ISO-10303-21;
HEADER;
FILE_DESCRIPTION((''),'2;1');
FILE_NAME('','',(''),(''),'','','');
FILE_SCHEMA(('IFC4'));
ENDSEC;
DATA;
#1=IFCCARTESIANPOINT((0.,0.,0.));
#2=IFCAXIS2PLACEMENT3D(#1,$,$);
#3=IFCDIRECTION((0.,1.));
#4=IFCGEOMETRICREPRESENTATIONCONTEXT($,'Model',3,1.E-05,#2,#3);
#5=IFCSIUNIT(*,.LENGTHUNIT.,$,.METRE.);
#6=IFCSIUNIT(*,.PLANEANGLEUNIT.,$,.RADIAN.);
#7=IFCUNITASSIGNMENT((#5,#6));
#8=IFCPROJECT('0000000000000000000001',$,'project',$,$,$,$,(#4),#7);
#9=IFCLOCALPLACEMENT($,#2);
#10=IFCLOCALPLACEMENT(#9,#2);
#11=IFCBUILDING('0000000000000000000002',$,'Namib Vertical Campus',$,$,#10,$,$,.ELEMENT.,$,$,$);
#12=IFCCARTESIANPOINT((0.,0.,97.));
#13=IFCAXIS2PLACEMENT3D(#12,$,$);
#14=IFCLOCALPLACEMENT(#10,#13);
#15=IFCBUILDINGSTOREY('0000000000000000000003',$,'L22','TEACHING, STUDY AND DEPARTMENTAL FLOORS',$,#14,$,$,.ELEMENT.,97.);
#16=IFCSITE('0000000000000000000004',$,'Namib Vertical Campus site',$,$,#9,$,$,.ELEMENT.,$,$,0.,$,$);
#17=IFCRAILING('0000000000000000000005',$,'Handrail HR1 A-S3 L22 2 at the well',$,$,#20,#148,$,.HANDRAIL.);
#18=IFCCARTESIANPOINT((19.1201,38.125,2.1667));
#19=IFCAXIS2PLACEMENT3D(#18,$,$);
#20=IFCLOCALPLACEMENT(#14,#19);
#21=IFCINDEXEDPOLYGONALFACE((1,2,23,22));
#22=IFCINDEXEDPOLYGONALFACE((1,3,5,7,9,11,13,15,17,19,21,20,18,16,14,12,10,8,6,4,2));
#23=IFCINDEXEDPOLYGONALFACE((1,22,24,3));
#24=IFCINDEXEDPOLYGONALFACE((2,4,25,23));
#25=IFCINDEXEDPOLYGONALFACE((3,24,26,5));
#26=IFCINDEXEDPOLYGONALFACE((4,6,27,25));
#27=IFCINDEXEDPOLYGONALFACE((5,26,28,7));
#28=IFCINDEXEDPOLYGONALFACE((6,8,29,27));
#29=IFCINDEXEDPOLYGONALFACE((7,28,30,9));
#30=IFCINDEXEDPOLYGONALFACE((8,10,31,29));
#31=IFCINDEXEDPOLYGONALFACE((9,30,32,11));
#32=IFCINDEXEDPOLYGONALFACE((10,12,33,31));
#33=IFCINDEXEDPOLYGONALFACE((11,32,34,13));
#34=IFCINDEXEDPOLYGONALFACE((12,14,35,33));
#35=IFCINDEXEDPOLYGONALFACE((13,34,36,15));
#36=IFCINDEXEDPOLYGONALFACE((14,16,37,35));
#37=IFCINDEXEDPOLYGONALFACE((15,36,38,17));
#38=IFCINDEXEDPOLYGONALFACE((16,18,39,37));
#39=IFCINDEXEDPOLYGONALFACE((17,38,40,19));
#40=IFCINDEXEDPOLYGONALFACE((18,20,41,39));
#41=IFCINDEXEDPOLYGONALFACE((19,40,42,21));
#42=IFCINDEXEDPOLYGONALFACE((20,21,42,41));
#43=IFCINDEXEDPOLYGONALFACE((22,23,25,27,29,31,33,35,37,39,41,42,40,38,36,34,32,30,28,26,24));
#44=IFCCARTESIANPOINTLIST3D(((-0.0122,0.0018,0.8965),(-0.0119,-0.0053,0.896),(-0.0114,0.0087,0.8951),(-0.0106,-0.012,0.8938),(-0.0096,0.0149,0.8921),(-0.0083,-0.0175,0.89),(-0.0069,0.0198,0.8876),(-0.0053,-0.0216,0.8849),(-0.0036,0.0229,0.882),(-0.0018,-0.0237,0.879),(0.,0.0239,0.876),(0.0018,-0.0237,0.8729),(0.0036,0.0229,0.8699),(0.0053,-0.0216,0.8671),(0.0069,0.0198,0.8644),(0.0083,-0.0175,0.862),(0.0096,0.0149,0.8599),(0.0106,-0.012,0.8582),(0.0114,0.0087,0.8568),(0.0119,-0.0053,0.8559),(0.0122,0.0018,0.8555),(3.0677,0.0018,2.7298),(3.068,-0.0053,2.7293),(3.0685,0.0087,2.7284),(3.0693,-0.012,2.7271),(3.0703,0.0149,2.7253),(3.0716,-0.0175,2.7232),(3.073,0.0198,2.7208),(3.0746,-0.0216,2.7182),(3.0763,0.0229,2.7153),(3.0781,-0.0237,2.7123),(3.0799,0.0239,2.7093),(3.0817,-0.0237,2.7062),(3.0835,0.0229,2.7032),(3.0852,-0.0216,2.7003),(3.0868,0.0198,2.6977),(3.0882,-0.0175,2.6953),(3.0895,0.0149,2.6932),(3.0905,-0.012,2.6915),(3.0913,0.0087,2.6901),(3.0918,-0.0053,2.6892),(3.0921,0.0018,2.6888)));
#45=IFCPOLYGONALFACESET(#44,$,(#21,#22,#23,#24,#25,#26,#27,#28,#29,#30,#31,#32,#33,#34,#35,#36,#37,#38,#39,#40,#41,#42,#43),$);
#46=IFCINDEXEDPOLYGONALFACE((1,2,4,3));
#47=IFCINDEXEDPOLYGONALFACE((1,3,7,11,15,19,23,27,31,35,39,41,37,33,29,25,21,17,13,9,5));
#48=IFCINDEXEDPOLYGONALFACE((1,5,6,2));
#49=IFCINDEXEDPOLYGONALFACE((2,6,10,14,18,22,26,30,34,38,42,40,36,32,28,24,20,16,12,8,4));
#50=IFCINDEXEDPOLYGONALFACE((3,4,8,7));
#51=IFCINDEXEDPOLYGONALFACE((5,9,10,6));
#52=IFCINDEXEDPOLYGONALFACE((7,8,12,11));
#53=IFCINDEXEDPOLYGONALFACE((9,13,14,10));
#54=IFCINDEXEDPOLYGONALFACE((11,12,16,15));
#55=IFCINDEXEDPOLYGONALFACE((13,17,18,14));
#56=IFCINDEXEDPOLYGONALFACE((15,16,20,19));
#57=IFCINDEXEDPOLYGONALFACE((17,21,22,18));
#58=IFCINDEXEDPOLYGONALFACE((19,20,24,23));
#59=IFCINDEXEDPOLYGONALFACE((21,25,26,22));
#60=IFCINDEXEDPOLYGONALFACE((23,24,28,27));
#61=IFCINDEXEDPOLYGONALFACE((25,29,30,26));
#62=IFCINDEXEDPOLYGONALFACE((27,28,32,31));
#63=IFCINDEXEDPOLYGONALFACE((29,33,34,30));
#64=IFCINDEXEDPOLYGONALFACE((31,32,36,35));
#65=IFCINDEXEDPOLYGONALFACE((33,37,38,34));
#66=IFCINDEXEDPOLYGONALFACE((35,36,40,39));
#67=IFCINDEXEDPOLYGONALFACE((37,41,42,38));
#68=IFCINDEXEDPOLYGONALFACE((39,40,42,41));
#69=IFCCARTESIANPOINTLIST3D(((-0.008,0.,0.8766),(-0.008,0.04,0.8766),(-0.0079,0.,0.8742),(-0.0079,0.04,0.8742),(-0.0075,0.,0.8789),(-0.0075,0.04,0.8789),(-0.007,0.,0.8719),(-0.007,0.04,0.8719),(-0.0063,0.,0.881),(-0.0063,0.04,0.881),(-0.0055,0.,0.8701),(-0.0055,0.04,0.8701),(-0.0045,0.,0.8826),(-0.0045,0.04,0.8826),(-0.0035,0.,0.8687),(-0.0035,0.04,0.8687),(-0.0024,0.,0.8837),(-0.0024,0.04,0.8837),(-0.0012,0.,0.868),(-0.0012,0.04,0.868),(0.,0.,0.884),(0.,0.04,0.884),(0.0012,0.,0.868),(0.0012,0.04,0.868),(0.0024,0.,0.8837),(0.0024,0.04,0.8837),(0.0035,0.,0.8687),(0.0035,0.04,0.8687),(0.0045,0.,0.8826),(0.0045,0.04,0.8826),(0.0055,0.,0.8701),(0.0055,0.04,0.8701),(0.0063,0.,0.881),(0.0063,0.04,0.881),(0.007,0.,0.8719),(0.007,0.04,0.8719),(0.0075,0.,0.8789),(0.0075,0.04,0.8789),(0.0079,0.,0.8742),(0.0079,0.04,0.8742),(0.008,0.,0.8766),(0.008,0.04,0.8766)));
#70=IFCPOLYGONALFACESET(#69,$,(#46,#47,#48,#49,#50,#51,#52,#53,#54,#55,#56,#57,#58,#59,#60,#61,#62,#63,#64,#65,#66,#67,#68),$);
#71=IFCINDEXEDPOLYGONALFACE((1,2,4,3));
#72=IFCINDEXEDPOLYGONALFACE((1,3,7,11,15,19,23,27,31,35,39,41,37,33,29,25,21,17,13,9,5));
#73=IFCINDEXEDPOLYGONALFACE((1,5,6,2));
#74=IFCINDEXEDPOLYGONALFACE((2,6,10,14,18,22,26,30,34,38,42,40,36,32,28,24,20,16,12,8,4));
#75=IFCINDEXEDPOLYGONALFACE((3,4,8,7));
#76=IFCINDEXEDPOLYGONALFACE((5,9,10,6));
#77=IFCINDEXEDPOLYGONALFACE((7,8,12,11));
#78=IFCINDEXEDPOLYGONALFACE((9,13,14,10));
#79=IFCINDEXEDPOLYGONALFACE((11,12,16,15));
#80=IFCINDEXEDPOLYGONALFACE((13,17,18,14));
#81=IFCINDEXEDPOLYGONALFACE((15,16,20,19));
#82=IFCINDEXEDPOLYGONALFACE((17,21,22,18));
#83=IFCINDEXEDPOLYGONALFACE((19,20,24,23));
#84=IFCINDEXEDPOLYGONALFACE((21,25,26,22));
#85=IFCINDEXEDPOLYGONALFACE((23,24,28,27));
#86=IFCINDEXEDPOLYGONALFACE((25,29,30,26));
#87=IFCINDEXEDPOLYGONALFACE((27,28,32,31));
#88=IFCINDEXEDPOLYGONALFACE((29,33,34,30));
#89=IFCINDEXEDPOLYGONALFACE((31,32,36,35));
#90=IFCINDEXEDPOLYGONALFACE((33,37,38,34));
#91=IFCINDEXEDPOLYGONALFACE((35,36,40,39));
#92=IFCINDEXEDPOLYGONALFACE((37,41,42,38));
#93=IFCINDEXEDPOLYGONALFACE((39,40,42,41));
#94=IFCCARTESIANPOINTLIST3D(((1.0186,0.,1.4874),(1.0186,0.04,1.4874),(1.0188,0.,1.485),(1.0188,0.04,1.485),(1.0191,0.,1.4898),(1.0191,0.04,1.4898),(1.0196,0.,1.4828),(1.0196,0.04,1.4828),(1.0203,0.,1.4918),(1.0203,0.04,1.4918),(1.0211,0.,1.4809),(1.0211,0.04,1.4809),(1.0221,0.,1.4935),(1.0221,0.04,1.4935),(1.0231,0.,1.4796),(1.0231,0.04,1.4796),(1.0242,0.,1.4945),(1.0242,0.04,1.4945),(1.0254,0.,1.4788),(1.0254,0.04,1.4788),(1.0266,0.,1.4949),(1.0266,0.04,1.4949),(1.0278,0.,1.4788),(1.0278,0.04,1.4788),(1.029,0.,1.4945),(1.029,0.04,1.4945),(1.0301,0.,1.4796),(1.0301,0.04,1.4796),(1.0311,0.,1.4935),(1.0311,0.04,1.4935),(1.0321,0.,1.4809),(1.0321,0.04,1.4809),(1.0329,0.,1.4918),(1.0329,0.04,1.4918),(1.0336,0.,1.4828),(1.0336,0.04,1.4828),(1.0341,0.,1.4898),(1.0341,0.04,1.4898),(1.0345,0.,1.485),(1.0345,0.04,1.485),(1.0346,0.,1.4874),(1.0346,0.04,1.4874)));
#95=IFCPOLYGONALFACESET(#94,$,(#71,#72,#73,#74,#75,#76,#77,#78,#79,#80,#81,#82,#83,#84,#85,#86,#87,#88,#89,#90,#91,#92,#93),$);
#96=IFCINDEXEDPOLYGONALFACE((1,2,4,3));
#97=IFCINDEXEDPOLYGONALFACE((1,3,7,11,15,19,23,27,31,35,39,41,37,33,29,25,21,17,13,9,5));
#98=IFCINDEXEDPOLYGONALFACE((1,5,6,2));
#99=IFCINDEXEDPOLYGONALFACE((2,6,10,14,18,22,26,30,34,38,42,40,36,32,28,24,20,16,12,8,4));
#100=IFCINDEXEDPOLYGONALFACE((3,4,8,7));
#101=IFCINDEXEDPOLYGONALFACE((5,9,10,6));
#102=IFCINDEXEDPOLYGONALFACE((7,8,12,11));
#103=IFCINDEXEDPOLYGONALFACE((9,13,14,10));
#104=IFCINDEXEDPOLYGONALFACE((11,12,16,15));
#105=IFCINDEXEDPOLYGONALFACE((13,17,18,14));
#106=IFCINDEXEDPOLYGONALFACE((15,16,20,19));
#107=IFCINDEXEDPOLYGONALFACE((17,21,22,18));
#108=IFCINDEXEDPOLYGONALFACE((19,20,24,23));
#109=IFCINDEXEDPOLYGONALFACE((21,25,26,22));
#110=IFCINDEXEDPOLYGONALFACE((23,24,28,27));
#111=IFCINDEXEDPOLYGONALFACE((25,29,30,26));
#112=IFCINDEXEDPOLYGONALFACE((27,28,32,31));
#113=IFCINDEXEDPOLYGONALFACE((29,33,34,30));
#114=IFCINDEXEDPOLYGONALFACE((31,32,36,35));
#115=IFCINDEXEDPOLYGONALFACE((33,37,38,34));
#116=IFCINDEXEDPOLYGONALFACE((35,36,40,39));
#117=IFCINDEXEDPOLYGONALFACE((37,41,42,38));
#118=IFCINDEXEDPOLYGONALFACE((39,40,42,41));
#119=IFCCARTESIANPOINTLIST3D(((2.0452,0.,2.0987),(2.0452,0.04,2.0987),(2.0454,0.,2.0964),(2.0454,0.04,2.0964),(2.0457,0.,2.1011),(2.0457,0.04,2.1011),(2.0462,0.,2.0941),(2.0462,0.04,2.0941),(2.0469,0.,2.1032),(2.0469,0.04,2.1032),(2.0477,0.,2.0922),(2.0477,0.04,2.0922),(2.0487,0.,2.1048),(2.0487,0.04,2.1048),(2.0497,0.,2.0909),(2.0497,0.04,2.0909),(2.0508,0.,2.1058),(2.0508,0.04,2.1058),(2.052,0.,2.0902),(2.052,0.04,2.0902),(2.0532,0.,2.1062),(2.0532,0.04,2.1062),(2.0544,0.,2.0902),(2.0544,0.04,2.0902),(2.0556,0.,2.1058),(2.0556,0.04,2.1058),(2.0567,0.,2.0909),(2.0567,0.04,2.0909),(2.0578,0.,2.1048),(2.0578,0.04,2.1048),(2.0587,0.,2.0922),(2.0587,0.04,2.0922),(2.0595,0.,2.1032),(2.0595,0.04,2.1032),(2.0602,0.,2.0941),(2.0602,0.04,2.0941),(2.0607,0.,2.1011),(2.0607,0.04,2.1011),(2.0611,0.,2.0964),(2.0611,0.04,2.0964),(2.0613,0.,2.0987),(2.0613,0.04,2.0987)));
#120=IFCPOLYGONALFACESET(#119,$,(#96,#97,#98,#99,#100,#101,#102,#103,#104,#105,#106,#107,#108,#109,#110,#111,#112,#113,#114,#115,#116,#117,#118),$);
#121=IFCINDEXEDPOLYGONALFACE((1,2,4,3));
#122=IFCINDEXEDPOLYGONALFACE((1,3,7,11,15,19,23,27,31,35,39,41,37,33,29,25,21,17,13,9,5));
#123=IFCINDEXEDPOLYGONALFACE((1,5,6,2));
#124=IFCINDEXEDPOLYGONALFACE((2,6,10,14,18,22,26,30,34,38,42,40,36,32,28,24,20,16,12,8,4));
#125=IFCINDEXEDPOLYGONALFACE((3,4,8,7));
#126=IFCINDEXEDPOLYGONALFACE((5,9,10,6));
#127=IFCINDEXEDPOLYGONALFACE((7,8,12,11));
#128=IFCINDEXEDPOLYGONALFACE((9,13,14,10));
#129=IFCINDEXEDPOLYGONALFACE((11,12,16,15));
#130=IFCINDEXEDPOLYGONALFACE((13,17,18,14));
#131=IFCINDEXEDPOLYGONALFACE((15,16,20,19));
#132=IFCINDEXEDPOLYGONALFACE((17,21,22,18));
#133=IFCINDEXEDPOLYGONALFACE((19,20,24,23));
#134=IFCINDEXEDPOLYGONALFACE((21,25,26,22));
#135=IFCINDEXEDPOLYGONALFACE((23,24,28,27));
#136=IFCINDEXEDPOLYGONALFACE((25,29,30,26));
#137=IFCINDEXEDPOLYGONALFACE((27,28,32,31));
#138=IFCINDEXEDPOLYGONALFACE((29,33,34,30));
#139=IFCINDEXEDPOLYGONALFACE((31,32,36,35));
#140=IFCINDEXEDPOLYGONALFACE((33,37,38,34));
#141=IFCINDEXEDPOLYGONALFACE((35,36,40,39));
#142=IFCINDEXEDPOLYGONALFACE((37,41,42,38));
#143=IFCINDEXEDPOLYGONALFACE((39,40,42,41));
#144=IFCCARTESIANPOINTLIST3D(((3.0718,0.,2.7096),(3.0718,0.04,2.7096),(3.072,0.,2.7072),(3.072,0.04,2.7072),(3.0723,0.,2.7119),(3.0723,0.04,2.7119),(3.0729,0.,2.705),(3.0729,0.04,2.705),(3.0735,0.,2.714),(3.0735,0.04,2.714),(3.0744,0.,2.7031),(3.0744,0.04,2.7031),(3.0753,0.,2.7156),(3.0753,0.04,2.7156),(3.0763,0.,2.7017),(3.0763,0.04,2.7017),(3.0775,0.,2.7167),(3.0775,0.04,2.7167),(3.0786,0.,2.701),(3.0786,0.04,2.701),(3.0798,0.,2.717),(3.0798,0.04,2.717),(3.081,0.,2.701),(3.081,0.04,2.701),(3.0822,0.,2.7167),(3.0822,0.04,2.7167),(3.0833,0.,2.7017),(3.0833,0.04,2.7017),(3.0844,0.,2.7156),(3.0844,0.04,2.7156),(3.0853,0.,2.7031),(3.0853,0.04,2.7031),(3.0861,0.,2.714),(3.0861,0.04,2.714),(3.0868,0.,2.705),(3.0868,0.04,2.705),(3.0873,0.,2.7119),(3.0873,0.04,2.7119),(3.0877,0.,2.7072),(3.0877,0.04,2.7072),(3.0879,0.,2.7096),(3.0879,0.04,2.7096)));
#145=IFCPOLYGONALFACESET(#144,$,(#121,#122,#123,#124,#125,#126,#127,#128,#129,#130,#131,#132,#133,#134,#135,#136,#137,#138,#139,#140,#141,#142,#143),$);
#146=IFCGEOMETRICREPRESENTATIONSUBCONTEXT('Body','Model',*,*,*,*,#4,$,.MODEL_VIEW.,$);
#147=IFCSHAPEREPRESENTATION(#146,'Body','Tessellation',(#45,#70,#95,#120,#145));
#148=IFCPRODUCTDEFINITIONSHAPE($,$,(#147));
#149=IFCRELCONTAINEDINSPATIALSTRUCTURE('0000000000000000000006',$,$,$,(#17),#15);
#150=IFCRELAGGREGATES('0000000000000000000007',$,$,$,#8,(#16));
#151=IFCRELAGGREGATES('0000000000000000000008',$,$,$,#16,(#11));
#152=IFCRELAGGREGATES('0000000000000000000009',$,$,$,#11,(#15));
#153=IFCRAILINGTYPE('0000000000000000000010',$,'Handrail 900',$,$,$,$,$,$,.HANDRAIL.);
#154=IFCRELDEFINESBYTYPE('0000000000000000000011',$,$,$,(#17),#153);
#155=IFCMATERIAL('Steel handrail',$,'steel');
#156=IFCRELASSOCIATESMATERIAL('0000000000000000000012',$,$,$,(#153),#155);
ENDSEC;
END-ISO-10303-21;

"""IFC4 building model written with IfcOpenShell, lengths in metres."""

from ifc_helpers import new_model, si_unit, direction, frame, origin, origin_2d, place, context, subcontext, project, spatial, circle, extrude, material, type_object, element, save


model = new_model("IFC4")

# Units and contexts
model_context = context("Model", 3, precision=1e-05, world=origin(), true_north=direction((0.0, 1.0)))
body_context = subcontext(model_context, "Body", "Model", "MODEL_VIEW")
ifc_project = project(units=[si_unit("LENGTHUNIT", "METRE"), si_unit("PLANEANGLEUNIT", "RADIAN")], contexts=[model_context])

# Site, building, storey
site_placement = place(None, origin())
site = spatial("IfcSite", under=ifc_project, at=site_placement, Name="Namib Vertical Campus site", CompositionType="ELEMENT", RefElevation=0.0)
building_placement = place(site_placement, origin())
building = spatial("IfcBuilding", under=site, at=building_placement, Name="Namib Vertical Campus", CompositionType="ELEMENT")
storey_placement = place(building_placement, frame((0.0, 0.0, 97.0)))
storey = spatial("IfcBuildingStorey", under=building, at=storey_placement, Name="L22", Description="TEACHING, STUDY AND DEPARTMENTAL FLOORS", CompositionType="ELEMENT", Elevation=97.0)

# Railing
ifc_material_1 = material(Name="Steel handrail", Category="steel")
railing_type_1 = type_object("IfcRailingType", Name="Handrail 900", PredefinedType="HANDRAIL", material=ifc_material_1)
railing_1_placement = place(storey_placement, frame((19.1201, 38.125, 2.1667)))
element("IfcRailing", 1, at=railing_1_placement, inside=storey, type_object=railing_type_1, Name="Handrail HR1 A-S3 L22 2 at the well", PredefinedType="HANDRAIL", context=body_context, shape_type="SweptSolid", body=[
    extrude(circle(Radius=0.0239, at=origin_2d()), frame((0.0, 0.0, 0.876), z_axis=(0.859291, 0.0, 0.511487), x_axis=(0.0, 1.0, 0.0)), (0.0, 0.0, 1.0), 3.5842),
    extrude(circle(Radius=0.0081, at=origin_2d()), frame((0.0, 0.0, 0.876), z_axis=(0.0, 1.0, 0.0), x_axis=(0.0, 0.0, 1.0)), (0.0, 0.0, 1.0), 0.04),
    extrude(circle(Radius=0.0081, at=origin_2d()), frame((1.0266, 0.0, 1.4868), z_axis=(0.0, 1.0, 0.0), x_axis=(0.0, 0.0, 1.0)), (0.0, 0.0, 1.0), 0.04),
    extrude(circle(Radius=0.0081, at=origin_2d()), frame((2.0532, 0.0, 2.0981), z_axis=(0.0, 1.0, 0.0), x_axis=(0.0, 0.0, 1.0)), (0.0, 0.0, 1.0), 0.04),
    extrude(circle(Radius=0.0081, at=origin_2d()), frame((3.0798, 0.0, 2.709), z_axis=(0.0, 1.0, 0.0), x_axis=(0.0, 0.0, 1.0)), (0.0, 0.0, 1.0), 0.04),
])

save(model, "model.ifc")
